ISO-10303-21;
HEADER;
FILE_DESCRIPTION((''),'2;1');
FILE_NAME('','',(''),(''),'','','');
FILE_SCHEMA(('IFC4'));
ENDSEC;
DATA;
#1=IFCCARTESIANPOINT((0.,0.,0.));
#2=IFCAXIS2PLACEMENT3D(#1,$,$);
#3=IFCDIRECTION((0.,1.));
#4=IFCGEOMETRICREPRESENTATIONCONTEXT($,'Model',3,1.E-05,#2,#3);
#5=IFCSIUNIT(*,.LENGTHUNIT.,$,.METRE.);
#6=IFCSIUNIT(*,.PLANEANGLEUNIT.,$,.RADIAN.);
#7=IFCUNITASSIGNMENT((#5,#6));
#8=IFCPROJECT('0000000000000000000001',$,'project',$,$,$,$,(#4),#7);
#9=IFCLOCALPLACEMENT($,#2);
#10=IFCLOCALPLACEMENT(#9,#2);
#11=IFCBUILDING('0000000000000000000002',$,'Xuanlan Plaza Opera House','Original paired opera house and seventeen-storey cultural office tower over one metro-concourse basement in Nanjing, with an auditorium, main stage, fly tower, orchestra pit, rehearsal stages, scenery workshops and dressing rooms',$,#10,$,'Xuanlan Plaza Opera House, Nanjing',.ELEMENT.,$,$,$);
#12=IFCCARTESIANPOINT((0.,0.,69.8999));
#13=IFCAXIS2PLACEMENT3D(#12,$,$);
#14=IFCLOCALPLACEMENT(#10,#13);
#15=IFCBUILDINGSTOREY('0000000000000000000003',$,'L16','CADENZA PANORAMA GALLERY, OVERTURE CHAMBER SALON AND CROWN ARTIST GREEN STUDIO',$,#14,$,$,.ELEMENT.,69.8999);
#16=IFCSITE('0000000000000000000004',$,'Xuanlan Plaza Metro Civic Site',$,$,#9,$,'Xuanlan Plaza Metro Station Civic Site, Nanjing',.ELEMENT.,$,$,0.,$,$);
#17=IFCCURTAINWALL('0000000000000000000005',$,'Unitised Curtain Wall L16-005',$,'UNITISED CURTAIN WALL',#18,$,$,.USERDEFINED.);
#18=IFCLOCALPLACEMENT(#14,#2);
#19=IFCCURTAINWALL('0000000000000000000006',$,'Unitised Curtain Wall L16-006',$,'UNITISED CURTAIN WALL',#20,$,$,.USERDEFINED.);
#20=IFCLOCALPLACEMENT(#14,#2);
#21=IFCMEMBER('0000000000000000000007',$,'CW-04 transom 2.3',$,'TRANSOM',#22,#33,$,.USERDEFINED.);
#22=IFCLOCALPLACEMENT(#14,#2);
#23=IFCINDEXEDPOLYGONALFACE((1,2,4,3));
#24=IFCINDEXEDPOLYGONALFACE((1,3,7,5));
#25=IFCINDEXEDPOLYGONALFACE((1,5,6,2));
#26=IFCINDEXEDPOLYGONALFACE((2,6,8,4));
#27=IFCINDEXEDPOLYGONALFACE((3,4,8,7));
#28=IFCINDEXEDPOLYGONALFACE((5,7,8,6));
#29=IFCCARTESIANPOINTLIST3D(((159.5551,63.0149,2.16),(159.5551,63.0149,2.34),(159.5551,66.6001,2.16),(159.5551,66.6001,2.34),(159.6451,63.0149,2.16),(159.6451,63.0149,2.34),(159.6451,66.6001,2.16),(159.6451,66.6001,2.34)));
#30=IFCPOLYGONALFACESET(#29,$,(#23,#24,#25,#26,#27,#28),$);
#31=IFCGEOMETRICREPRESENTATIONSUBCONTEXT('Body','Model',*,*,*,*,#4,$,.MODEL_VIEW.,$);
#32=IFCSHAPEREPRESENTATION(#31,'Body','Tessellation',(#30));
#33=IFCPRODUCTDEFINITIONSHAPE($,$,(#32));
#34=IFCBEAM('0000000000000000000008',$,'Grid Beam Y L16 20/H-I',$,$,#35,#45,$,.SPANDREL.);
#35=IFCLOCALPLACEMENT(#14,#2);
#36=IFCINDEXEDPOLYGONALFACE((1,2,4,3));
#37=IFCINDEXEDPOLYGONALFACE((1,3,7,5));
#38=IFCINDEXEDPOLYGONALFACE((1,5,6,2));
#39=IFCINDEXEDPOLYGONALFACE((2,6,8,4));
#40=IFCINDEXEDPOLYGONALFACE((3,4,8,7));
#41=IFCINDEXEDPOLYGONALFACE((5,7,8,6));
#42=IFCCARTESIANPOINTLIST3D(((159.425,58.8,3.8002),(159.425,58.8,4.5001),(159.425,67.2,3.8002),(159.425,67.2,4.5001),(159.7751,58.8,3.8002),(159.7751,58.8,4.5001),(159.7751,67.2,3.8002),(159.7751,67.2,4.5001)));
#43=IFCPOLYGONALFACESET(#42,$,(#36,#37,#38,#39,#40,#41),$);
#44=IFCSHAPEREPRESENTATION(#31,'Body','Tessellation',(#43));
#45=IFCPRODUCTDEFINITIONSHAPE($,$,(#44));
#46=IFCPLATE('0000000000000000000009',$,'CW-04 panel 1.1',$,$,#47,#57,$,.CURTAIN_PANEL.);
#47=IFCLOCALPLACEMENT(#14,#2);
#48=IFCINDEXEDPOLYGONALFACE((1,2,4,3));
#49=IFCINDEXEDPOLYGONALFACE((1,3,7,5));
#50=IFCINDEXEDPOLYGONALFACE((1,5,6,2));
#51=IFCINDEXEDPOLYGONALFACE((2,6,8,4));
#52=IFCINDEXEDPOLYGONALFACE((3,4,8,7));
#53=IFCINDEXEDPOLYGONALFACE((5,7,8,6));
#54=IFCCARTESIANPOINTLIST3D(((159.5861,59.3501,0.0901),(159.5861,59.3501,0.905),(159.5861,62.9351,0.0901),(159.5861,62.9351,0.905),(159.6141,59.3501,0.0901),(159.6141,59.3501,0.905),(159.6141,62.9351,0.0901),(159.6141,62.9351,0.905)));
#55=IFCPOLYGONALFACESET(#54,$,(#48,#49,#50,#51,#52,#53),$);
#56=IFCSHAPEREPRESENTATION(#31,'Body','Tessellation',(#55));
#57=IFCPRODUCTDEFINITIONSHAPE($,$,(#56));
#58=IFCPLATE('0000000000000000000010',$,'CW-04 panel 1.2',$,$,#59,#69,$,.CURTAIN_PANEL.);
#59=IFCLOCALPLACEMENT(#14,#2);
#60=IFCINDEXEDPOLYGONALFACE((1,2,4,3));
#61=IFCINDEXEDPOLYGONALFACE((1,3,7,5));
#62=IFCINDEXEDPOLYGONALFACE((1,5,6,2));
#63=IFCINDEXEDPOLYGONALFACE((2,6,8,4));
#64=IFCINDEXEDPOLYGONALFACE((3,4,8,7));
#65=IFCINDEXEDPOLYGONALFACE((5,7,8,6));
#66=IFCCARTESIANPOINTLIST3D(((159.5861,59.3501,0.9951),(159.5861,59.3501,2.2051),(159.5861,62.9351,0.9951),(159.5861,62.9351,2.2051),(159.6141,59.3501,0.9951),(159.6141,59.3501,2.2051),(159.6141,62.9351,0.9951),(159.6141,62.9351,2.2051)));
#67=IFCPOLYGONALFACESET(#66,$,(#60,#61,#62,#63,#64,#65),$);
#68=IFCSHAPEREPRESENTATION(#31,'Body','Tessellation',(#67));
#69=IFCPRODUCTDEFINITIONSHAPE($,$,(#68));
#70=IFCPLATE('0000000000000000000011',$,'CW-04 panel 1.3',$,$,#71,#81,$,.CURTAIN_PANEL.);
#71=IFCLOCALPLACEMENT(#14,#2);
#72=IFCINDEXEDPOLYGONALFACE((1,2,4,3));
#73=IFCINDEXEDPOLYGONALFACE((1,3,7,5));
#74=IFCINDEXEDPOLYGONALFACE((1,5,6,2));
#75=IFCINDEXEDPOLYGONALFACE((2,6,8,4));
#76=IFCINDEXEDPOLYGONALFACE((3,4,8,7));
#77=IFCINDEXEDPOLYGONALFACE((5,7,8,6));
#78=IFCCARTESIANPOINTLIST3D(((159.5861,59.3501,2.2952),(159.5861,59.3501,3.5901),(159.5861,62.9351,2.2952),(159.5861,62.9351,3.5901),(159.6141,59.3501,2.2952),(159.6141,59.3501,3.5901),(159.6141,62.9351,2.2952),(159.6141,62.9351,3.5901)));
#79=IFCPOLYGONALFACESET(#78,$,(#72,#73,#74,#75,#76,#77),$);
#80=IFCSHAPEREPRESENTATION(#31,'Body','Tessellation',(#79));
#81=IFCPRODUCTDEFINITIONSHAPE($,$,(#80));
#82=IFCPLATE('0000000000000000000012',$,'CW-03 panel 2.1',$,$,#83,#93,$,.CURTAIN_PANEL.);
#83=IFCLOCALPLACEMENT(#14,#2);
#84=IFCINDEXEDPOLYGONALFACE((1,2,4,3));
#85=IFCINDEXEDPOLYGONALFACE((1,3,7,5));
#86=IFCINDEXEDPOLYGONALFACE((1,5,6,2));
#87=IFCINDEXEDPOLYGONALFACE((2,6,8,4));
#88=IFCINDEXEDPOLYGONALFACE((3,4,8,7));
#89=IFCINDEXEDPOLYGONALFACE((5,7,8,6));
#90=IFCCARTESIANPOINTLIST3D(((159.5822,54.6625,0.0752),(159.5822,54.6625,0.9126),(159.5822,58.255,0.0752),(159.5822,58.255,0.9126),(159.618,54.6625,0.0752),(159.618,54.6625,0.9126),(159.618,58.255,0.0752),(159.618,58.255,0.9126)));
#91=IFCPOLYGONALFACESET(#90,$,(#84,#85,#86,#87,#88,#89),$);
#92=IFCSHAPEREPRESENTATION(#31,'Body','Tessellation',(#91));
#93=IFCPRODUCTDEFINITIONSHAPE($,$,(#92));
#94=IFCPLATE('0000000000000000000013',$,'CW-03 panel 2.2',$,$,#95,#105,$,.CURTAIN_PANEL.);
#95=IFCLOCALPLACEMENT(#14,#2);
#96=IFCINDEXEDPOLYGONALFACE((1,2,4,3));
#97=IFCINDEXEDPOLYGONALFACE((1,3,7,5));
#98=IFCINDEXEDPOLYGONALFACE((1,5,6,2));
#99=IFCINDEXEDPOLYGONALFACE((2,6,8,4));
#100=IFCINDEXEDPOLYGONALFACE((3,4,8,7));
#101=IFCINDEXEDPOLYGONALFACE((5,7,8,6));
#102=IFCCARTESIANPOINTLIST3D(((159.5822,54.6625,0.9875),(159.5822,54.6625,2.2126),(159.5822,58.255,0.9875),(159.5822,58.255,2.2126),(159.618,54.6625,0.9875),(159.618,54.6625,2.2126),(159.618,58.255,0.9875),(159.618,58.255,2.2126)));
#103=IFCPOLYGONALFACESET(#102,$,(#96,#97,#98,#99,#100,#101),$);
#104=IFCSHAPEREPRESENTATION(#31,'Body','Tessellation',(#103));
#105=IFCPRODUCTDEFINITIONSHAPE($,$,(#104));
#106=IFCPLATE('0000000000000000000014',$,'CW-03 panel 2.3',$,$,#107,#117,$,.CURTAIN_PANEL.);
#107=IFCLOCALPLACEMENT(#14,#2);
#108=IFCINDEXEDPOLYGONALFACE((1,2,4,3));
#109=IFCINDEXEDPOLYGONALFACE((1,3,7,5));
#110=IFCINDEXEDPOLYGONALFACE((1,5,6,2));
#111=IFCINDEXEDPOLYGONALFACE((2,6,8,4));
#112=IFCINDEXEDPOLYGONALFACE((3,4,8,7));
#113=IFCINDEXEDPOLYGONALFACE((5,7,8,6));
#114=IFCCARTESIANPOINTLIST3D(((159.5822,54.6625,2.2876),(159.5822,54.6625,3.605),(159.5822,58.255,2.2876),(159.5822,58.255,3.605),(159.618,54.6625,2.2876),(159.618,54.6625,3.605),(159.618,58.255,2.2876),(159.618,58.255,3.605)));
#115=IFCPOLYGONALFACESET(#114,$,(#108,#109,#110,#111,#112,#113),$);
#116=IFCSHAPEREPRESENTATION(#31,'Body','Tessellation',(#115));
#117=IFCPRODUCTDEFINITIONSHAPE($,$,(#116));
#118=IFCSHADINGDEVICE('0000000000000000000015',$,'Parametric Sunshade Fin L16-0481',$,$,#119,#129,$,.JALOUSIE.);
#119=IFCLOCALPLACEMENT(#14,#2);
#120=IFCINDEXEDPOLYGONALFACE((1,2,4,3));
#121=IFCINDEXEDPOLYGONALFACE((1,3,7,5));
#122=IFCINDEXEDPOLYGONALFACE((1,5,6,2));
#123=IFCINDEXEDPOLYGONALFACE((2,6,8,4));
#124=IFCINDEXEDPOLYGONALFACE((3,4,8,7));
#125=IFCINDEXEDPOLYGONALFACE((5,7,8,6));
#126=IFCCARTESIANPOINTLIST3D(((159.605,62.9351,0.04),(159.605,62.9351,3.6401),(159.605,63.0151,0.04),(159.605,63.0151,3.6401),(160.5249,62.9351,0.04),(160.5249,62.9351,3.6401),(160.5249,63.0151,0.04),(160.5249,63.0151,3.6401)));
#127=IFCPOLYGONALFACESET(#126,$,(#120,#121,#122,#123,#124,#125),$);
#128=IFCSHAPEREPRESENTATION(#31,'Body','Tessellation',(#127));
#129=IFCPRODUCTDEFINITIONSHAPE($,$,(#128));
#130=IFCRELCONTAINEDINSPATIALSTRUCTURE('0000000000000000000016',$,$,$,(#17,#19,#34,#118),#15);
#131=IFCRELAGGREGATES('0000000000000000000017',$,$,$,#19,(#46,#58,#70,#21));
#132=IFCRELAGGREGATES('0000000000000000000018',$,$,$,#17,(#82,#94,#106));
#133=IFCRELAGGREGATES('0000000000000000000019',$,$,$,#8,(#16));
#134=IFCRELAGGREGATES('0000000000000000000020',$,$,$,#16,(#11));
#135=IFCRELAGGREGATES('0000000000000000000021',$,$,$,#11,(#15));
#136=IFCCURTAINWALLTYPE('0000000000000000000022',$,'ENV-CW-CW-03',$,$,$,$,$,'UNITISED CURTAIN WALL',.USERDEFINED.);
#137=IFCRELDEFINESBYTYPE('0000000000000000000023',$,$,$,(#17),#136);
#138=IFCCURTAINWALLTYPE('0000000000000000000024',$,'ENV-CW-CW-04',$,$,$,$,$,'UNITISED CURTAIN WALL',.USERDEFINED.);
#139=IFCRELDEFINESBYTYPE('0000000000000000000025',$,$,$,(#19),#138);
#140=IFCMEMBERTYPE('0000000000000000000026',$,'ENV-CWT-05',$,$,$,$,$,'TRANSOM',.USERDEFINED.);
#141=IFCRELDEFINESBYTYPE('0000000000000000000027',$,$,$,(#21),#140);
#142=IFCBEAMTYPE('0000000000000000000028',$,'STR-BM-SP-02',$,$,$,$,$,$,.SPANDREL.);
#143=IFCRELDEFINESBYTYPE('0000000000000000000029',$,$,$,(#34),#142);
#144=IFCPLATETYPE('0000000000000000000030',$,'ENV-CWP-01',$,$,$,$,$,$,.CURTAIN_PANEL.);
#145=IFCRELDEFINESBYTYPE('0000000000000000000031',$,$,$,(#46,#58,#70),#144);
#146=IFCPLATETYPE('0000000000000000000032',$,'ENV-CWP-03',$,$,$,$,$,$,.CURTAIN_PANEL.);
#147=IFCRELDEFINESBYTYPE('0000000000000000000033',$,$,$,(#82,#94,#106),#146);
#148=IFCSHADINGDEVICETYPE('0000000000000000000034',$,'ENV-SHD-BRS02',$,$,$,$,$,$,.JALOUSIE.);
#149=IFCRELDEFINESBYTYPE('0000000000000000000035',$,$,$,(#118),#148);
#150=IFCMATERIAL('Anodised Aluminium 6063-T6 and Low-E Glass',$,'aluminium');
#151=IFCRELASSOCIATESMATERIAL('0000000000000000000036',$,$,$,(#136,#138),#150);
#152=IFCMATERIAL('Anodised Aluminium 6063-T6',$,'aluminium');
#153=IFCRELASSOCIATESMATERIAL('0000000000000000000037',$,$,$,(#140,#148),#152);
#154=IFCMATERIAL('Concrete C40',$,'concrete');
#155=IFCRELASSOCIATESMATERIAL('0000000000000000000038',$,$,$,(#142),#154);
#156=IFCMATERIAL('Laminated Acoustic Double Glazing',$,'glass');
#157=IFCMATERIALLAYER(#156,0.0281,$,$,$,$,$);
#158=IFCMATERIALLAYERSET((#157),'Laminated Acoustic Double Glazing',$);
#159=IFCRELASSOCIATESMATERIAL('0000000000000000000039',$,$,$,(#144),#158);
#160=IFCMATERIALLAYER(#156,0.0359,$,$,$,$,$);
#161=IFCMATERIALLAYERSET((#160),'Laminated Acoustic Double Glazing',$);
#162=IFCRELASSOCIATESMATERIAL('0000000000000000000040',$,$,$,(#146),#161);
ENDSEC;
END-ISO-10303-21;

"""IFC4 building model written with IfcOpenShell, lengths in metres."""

from ifc_helpers import new_model, si_unit, direction, frame, origin, origin_2d, place, context, subcontext, project, spatial, rectangle, extrude, material, layer, layer_set, material_profile, profile_set, type_object, element, aggregate, save


model = new_model("IFC4")

# Units and contexts
model_context = context("Model", 3, precision=1e-05, world=origin(), true_north=direction((0.0, 1.0)))
body_context = subcontext(model_context, "Body", "Model", "MODEL_VIEW")
ifc_project = project(units=[si_unit("LENGTHUNIT", "METRE"), si_unit("PLANEANGLEUNIT", "RADIAN")], contexts=[model_context])

# Site, building, storey
site_placement = place(None, origin())
site = spatial("IfcSite", under=ifc_project, at=site_placement, Name="Xuanlan Plaza Metro Civic Site", LongName="Xuanlan Plaza Metro Station Civic Site, Nanjing", CompositionType="ELEMENT", RefElevation=0.0)
building_placement = place(site_placement, origin())
building = spatial("IfcBuilding", under=site, at=building_placement, Name="Xuanlan Plaza Opera House", Description="Original paired opera house and seventeen-storey cultural office tower over one metro-concourse basement in Nanjing, with an auditorium, main stage, fly tower, orchestra pit, rehearsal stages, scenery workshops and dressing rooms", LongName="Xuanlan Plaza Opera House, Nanjing", CompositionType="ELEMENT")
storey_placement = place(building_placement, frame((0.0, 0.0, 69.8999)))
storey = spatial("IfcBuildingStorey", under=building, at=storey_placement, Name="L16", Description="CADENZA PANORAMA GALLERY, OVERTURE CHAMBER SALON AND CROWN ARTIST GREEN STUDIO", CompositionType="ELEMENT", Elevation=69.8999)

# Curtain wall
ifc_material_1 = material(Name="Anodised Aluminium 6063-T6 and Low-E Glass", Category="aluminium")
curtain_wall_type_1 = type_object("IfcCurtainWallType", Name="ENV-CW-CW-03", ElementType="UNITISED CURTAIN WALL", PredefinedType="USERDEFINED", material=ifc_material_1)
curtain_wall_1_placement = place(storey_placement, origin())
curtain_wall_1 = element("IfcCurtainWall", 1, at=curtain_wall_1_placement, inside=storey, type_object=curtain_wall_type_1, Name="Unitised Curtain Wall L16-005", ObjectType="UNITISED CURTAIN WALL", PredefinedType="USERDEFINED")
ifc_material_2 = material(Name="Anodised Aluminium 6063-T6", Category="aluminium")

# Curtain wall
curtain_wall_type_2 = type_object("IfcCurtainWallType", Name="ENV-CW-CW-04", ElementType="UNITISED CURTAIN WALL", PredefinedType="USERDEFINED", material=ifc_material_1)
curtain_wall_2_placement = place(storey_placement, origin())
curtain_wall_2 = element("IfcCurtainWall", 2, at=curtain_wall_2_placement, inside=storey, type_object=curtain_wall_type_2, Name="Unitised Curtain Wall L16-006", ObjectType="UNITISED CURTAIN WALL", PredefinedType="USERDEFINED")

# Member
ifc_material_profile_1 = material_profile(ifc_material_2, rectangle(XDim=0.0901, YDim=0.1799, at=origin_2d()), Name="ALU-T 90x180")
ifc_profile_set_1 = profile_set([ifc_material_profile_1], Name="Anodised Aluminium 6063-T6")
member_type_1 = type_object("IfcMemberType", Name="ENV-CWT-05", ElementType="TRANSOM", PredefinedType="USERDEFINED", material=ifc_profile_set_1)
member_1_placement = place(storey_placement, frame((159.6001, 63.0149, 2.25), z_axis=(0.0, 1.0, 0.0), x_axis=(-1.0, 0.0, 0.0)))
member_1 = element("IfcMember", 3, at=member_1_placement, type_object=member_type_1, Name="CW-04 transom 2.3", ObjectType="TRANSOM", PredefinedType="USERDEFINED", context=body_context, shape_type="SweptSolid", body=[
    extrude(rectangle(XDim=0.0901, YDim=0.1799, at=origin_2d()), origin(), (0.0, 0.0, 1.0), 3.5852),
])

# Beam
ifc_material_3 = material(Name="Concrete C40", Category="concrete")
ifc_material_profile_2 = material_profile(ifc_material_3, rectangle(XDim=0.3501, YDim=0.7, at=origin_2d()), Name="RC-SPD 350x700")
ifc_profile_set_2 = profile_set([ifc_material_profile_2], Name="Concrete C40")
beam_type = type_object("IfcBeamType", Name="STR-BM-SP-02", PredefinedType="SPANDREL", material=ifc_profile_set_2)
beam_placement = place(storey_placement, frame((159.6001, 58.8, 4.1501), z_axis=(0.0, 1.0, 0.0), x_axis=(-1.0, 0.0, 0.0)))
element("IfcBeam", 4, at=beam_placement, inside=storey, type_object=beam_type, Name="Grid Beam Y L16 20/H-I", PredefinedType="SPANDREL", context=body_context, shape_type="SweptSolid", body=[
    extrude(rectangle(XDim=0.3501, YDim=0.7, at=origin_2d()), origin(), (0.0, 0.0, 1.0), 8.3999),
])

# Plates
ifc_material_4 = material(Name="Laminated Acoustic Double Glazing", Category="glass")
ifc_layer_1 = layer(ifc_material_4, 0.0281)
ifc_layer_set_1 = layer_set([ifc_layer_1], Name="Laminated Acoustic Double Glazing")
plate_type_1 = type_object("IfcPlateType", Name="ENV-CWP-01", PredefinedType="CURTAIN_PANEL", material=ifc_layer_set_1)
plate_1_placement = place(storey_placement, frame((159.6001, 61.1426, 0.0901), z_axis=(0.0, 0.0, 1.0), x_axis=(0.0, 1.0, 0.0)))
plate_1 = element("IfcPlate", 5, at=plate_1_placement, type_object=plate_type_1, Name="CW-04 panel 1.1", PredefinedType="CURTAIN_PANEL", context=body_context, shape_type="SweptSolid", body=[
    extrude(rectangle(XDim=3.585, YDim=0.0281, at=origin_2d()), origin(), (0.0, 0.0, 1.0), 0.8149),
])
plate_2_placement = place(storey_placement, frame((159.6001, 61.1426, 0.9951), z_axis=(0.0, 0.0, 1.0), x_axis=(0.0, 1.0, 0.0)))
plate_2 = element("IfcPlate", 6, at=plate_2_placement, type_object=plate_type_1, Name="CW-04 panel 1.2", PredefinedType="CURTAIN_PANEL", context=body_context, shape_type="SweptSolid", body=[
    extrude(rectangle(XDim=3.585, YDim=0.0281, at=origin_2d()), origin(), (0.0, 0.0, 1.0), 1.21),
])
plate_3_placement = place(storey_placement, frame((159.6001, 61.1426, 2.2952), z_axis=(0.0, 0.0, 1.0), x_axis=(0.0, 1.0, 0.0)))
plate_3 = element("IfcPlate", 7, at=plate_3_placement, type_object=plate_type_1, Name="CW-04 panel 1.3", PredefinedType="CURTAIN_PANEL", context=body_context, shape_type="SweptSolid", body=[
    extrude(rectangle(XDim=3.585, YDim=0.0281, at=origin_2d()), origin(), (0.0, 0.0, 1.0), 1.2949),
])
aggregate(curtain_wall_2, [plate_1, plate_2, plate_3, member_1])
ifc_layer_2 = layer(ifc_material_4, 0.0359)
ifc_layer_set_2 = layer_set([ifc_layer_2], Name="Laminated Acoustic Double Glazing")
plate_type_2 = type_object("IfcPlateType", Name="ENV-CWP-03", PredefinedType="CURTAIN_PANEL", material=ifc_layer_set_2)
plate_4_placement = place(storey_placement, frame((159.6001, 56.4587, 0.0752), z_axis=(0.0, 0.0, 1.0), x_axis=(0.0, 1.0, 0.0)))
plate_4 = element("IfcPlate", 8, at=plate_4_placement, type_object=plate_type_2, Name="CW-03 panel 2.1", PredefinedType="CURTAIN_PANEL", context=body_context, shape_type="SweptSolid", body=[
    extrude(rectangle(XDim=3.5925, YDim=0.0359, at=origin_2d()), origin(), (0.0, 0.0, 1.0), 0.8374),
])
plate_5_placement = place(storey_placement, frame((159.6001, 56.4587, 0.9875), z_axis=(0.0, 0.0, 1.0), x_axis=(0.0, 1.0, 0.0)))
plate_5 = element("IfcPlate", 9, at=plate_5_placement, type_object=plate_type_2, Name="CW-03 panel 2.2", PredefinedType="CURTAIN_PANEL", context=body_context, shape_type="SweptSolid", body=[
    extrude(rectangle(XDim=3.5925, YDim=0.0359, at=origin_2d()), origin(), (0.0, 0.0, 1.0), 1.2251),
])
plate_6_placement = place(storey_placement, frame((159.6001, 56.4587, 2.2876), z_axis=(0.0, 0.0, 1.0), x_axis=(0.0, 1.0, 0.0)))
plate_6 = element("IfcPlate", 10, at=plate_6_placement, type_object=plate_type_2, Name="CW-03 panel 2.3", PredefinedType="CURTAIN_PANEL", context=body_context, shape_type="SweptSolid", body=[
    extrude(rectangle(XDim=3.5925, YDim=0.0359, at=origin_2d()), origin(), (0.0, 0.0, 1.0), 1.3174),
])
aggregate(curtain_wall_1, [plate_4, plate_5, plate_6])

# Shading device
shading_device_type = type_object("IfcShadingDeviceType", Name="ENV-SHD-BRS02", PredefinedType="JALOUSIE", material=ifc_material_2)
shading_device_placement = place(storey_placement, frame((160.0649, 62.9751, 0.04), z_axis=(0.0, 0.0, 1.0), x_axis=(1.0, 0.0, 0.0)))
element("IfcShadingDevice", 11, at=shading_device_placement, inside=storey, type_object=shading_device_type, Name="Parametric Sunshade Fin L16-0481", PredefinedType="JALOUSIE", context=body_context, shape_type="SweptSolid", body=[
    extrude(rectangle(XDim=0.9199, YDim=0.0801, at=origin_2d()), origin(), (0.0, 0.0, 1.0), 3.6001),
])

save(model, "model.ifc")
